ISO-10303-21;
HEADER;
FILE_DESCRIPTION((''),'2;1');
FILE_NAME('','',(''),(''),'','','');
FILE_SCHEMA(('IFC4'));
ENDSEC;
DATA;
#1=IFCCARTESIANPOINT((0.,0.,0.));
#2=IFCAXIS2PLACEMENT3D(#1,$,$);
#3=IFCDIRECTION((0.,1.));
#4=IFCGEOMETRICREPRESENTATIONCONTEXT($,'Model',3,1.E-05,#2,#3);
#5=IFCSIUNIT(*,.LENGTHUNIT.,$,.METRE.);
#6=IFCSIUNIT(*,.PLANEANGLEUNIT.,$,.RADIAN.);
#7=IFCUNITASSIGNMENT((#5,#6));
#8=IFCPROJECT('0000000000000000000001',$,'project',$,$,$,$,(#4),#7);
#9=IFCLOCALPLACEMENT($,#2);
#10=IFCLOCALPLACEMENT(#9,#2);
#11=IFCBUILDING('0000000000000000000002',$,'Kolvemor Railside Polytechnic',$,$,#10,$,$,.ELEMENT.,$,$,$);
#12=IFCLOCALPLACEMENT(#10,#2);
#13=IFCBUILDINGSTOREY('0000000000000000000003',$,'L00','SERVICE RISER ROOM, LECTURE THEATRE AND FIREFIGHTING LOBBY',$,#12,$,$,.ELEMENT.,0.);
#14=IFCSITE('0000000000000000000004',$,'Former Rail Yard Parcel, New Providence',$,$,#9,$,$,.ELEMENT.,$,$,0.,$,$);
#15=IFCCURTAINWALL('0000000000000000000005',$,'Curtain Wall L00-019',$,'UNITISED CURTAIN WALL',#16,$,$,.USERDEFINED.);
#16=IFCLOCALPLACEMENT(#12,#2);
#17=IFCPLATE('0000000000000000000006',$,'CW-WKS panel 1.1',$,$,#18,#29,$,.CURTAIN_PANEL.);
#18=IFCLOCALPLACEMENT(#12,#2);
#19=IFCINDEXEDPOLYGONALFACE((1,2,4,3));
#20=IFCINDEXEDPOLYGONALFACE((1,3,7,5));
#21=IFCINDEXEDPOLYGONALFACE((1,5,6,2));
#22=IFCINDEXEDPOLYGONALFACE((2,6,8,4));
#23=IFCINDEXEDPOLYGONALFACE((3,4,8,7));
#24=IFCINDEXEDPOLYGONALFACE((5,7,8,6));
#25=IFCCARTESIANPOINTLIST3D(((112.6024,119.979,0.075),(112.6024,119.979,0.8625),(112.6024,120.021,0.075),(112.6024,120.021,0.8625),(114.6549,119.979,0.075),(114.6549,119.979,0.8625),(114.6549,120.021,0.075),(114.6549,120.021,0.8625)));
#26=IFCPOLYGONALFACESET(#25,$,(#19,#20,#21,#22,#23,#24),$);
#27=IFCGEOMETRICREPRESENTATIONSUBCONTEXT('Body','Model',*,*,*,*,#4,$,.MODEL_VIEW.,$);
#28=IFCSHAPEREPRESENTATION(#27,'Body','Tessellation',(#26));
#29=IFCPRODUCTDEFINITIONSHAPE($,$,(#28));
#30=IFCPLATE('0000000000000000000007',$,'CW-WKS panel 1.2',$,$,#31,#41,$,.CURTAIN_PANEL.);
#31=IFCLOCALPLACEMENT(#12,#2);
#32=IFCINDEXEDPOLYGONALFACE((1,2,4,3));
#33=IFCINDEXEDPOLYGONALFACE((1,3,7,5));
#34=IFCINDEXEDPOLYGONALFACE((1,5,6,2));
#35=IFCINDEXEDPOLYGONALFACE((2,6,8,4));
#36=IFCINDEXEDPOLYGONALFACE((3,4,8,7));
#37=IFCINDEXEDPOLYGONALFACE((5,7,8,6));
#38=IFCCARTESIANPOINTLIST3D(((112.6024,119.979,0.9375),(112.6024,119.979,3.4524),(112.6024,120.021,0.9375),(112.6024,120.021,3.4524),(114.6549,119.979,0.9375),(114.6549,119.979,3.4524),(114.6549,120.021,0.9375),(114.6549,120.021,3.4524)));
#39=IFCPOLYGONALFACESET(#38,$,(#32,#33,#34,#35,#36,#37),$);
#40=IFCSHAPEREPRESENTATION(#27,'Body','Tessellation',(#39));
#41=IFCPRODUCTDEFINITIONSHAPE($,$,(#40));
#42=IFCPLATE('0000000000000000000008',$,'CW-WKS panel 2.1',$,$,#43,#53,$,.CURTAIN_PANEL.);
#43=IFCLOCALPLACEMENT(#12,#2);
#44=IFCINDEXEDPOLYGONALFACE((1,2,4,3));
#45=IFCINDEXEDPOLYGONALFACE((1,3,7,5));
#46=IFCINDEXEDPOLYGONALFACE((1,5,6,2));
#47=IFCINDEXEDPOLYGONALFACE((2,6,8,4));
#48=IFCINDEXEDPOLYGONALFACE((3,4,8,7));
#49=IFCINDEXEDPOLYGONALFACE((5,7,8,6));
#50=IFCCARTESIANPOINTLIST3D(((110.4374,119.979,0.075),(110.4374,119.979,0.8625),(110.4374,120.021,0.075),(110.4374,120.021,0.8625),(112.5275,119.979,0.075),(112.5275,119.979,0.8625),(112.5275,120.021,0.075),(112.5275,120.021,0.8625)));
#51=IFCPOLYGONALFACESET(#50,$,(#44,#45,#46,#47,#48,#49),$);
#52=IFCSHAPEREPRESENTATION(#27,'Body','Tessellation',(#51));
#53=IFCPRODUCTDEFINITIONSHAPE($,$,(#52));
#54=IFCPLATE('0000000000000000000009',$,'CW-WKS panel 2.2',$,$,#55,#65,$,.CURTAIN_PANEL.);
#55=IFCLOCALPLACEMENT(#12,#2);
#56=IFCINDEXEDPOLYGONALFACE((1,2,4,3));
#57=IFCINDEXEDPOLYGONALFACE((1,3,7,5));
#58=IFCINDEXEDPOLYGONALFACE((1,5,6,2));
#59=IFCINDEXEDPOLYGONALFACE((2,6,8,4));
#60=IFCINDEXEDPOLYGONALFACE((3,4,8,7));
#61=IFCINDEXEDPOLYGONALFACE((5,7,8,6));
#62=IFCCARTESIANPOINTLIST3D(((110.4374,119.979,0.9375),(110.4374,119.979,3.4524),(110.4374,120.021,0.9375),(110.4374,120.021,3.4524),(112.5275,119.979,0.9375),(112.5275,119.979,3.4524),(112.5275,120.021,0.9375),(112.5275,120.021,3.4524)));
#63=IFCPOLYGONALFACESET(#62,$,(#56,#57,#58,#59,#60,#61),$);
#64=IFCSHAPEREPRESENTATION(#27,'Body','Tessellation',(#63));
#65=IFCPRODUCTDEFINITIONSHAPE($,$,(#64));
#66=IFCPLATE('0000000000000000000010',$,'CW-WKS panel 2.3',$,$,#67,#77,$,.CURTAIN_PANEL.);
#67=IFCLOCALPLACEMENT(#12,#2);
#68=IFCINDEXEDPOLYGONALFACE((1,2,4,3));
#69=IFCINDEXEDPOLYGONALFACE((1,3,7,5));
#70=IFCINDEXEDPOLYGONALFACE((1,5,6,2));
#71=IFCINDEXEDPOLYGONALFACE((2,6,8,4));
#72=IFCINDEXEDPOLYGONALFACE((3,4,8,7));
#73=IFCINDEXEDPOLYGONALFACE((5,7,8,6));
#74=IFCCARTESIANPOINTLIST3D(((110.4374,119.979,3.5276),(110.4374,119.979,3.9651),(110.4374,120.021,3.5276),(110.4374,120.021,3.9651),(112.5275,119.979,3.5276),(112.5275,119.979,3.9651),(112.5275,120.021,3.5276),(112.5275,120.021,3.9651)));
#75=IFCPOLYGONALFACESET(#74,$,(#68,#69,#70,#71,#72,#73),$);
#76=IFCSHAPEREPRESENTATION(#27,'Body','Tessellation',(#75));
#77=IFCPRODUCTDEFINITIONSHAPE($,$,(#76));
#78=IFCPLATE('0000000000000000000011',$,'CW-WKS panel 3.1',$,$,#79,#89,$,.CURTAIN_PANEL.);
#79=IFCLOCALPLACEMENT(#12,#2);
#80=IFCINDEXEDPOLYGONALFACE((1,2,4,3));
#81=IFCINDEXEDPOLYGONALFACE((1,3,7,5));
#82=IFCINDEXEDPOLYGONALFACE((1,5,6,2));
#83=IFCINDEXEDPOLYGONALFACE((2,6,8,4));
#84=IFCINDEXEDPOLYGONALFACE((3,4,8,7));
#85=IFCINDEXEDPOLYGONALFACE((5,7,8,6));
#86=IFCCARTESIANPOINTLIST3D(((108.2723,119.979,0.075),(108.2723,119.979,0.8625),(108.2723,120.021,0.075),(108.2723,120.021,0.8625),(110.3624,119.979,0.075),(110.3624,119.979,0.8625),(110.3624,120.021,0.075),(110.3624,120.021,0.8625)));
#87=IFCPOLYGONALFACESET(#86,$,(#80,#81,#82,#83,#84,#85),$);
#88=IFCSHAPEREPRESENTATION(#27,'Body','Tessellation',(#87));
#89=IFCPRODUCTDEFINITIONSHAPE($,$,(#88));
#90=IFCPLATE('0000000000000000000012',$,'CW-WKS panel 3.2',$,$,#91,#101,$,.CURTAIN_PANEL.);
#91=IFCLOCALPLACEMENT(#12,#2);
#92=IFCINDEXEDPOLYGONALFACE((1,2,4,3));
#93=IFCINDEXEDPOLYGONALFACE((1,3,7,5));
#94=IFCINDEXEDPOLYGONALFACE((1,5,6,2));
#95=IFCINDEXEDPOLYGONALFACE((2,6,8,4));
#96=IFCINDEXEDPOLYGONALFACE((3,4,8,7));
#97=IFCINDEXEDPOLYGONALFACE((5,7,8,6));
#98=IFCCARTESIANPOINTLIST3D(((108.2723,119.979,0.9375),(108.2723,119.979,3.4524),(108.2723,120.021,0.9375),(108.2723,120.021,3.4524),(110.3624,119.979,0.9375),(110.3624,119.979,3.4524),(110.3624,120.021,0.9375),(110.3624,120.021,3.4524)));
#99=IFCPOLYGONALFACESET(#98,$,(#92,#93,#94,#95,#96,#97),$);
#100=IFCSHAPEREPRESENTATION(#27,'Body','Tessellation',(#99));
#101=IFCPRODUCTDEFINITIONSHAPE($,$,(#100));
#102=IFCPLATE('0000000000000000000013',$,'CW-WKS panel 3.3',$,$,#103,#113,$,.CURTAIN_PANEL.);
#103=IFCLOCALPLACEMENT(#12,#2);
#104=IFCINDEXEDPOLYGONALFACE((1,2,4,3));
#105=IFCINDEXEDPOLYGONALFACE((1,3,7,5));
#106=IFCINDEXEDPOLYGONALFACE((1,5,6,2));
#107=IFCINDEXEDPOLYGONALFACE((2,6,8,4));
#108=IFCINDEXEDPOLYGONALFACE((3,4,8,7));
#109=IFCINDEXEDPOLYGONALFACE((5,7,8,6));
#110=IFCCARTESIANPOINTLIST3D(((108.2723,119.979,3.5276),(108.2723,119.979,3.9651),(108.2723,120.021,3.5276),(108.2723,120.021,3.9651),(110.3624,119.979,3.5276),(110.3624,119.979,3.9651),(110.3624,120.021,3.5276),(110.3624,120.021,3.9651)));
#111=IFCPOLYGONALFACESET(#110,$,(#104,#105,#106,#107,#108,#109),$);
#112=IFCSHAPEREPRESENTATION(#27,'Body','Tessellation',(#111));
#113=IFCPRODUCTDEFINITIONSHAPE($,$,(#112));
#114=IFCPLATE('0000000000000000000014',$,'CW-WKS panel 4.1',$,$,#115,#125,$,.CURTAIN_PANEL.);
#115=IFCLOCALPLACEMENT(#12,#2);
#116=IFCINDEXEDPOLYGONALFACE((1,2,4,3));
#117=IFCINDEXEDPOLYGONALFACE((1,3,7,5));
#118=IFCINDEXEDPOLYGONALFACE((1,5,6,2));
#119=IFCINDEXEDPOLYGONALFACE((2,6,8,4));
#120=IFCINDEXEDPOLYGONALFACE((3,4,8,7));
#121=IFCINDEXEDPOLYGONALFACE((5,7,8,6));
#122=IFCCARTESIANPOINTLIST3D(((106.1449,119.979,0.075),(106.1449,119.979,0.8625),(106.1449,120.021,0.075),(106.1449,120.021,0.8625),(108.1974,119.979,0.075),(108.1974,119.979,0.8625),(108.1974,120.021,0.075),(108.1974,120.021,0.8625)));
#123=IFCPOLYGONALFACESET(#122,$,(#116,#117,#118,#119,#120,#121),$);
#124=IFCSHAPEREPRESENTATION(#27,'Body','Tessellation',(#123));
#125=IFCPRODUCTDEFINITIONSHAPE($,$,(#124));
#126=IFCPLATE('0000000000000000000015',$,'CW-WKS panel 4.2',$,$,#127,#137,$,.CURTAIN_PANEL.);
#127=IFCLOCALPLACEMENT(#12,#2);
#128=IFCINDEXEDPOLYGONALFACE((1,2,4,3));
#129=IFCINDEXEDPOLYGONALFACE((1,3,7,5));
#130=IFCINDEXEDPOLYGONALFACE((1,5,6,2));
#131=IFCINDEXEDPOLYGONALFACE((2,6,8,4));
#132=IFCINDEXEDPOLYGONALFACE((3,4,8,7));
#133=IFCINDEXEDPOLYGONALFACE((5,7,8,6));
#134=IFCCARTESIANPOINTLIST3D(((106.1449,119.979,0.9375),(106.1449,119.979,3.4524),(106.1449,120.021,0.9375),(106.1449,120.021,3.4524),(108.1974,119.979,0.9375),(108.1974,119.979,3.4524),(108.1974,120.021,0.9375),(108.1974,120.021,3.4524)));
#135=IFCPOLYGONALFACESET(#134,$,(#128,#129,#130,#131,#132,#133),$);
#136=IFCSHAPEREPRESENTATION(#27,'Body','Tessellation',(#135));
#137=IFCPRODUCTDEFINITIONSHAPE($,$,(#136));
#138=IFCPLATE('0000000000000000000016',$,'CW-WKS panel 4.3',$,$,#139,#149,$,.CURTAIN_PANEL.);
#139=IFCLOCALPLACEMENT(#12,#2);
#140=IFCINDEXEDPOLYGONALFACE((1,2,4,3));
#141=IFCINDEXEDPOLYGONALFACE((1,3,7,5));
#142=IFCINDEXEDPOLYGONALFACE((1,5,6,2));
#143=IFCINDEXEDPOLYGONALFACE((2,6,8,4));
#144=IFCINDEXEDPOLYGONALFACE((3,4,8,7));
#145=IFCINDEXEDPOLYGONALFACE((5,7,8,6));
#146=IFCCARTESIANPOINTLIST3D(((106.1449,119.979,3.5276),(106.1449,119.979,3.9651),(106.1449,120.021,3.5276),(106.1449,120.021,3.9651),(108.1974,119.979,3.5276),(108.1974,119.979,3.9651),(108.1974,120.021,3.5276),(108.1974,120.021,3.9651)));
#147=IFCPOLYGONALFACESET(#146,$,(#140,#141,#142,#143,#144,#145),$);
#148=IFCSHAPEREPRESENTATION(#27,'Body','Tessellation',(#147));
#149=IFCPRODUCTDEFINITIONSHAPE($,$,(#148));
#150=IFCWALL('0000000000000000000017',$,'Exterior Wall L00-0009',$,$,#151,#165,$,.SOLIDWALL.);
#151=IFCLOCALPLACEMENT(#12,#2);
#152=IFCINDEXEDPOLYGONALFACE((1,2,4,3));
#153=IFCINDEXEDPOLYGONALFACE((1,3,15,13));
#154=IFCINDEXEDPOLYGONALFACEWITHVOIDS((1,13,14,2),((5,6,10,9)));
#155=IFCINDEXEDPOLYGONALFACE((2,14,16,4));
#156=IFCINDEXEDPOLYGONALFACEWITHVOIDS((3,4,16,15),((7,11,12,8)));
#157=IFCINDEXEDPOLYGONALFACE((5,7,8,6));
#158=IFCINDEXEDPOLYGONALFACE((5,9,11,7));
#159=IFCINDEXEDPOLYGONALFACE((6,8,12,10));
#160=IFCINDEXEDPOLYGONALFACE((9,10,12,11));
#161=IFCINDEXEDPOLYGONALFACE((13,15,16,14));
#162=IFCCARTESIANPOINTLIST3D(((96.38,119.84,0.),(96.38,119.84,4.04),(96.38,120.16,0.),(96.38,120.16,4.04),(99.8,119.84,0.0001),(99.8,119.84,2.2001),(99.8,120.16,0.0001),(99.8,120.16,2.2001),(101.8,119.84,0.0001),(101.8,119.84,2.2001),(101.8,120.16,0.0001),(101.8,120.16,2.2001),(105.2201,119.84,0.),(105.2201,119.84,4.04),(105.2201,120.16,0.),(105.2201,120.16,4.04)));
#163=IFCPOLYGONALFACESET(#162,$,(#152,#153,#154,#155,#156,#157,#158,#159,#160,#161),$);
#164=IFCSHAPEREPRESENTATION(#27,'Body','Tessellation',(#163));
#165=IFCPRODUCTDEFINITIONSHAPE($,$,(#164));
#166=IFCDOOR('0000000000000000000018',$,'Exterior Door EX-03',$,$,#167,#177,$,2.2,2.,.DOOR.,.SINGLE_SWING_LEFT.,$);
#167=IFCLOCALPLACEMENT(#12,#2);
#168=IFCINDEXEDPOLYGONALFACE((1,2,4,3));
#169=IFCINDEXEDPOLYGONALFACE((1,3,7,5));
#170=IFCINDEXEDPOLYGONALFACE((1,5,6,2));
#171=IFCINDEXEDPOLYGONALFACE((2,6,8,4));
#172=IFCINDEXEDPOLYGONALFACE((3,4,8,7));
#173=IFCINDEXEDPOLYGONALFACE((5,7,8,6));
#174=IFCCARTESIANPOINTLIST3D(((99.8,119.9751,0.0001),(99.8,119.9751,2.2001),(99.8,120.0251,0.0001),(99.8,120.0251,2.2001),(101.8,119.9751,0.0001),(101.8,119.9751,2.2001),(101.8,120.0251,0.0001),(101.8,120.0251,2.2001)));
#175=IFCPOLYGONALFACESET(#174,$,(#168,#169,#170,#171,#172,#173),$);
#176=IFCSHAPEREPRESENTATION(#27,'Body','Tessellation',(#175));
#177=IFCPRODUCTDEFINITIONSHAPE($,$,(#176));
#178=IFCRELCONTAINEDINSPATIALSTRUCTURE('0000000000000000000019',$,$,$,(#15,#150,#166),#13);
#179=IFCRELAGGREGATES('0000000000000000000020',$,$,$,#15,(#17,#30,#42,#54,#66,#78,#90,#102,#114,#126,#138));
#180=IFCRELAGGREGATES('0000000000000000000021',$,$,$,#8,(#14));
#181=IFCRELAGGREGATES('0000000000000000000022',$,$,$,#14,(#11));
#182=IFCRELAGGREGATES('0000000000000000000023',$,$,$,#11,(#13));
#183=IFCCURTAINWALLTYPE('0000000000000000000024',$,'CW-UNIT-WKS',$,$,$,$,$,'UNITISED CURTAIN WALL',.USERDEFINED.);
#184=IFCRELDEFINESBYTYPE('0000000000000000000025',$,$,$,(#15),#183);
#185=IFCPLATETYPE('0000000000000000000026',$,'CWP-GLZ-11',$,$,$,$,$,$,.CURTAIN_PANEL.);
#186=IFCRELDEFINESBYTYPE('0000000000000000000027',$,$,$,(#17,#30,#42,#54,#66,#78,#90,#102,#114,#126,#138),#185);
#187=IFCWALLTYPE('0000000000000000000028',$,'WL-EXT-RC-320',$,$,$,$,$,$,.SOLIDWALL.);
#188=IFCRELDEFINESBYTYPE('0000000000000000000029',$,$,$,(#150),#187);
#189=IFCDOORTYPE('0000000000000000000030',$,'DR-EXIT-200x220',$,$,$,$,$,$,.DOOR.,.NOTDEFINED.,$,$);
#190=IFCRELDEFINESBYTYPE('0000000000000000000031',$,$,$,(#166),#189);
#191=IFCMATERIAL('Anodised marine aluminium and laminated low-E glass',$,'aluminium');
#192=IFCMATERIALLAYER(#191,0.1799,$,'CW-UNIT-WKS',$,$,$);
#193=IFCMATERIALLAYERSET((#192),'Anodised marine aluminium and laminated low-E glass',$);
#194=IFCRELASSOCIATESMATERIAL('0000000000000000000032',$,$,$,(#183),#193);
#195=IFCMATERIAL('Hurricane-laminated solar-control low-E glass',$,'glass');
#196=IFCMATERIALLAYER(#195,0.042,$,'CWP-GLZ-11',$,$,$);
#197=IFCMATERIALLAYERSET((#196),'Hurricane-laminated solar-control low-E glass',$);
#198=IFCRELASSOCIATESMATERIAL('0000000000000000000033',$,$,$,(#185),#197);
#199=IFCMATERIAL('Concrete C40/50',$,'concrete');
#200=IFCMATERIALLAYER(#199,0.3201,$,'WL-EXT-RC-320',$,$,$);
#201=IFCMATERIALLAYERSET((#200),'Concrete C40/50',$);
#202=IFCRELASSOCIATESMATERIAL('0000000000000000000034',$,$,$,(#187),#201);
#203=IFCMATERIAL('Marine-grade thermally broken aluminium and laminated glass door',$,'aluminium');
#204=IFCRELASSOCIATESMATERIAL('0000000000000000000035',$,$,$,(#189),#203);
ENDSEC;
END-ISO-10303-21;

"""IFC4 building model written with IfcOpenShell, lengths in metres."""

from ifc_helpers import new_model, si_unit, direction, frame, frame_2d, origin, origin_2d, place, context, subcontext, project, spatial, rectangle, extrude, material, layer, layer_set, type_object, element, fill, aggregate, save


model = new_model("IFC4")

# Units and contexts
model_context = context("Model", 3, precision=1e-05, world=origin(), true_north=direction((0.0, 1.0)))
body_context = subcontext(model_context, "Body", "Model", "MODEL_VIEW")
ifc_project = project(units=[si_unit("LENGTHUNIT", "METRE"), si_unit("PLANEANGLEUNIT", "RADIAN")], contexts=[model_context])

# Site, building, storey
site_placement = place(None, origin())
site = spatial("IfcSite", under=ifc_project, at=site_placement, Name="Former Rail Yard Parcel, New Providence", CompositionType="ELEMENT", RefElevation=0.0)
building_placement = place(site_placement, origin())
building = spatial("IfcBuilding", under=site, at=building_placement, Name="Kolvemor Railside Polytechnic", CompositionType="ELEMENT")
storey_placement = place(building_placement, origin())
storey = spatial("IfcBuildingStorey", under=building, at=storey_placement, Name="L00", Description="SERVICE RISER ROOM, LECTURE THEATRE AND FIREFIGHTING LOBBY", CompositionType="ELEMENT", Elevation=0.0)

# Curtain wall, plates
ifc_material_1 = material(Name="Anodised marine aluminium and laminated low-E glass", Category="aluminium")
ifc_layer_1 = layer(ifc_material_1, 0.1799, Name="CW-UNIT-WKS")
ifc_layer_set_1 = layer_set([ifc_layer_1], Name="Anodised marine aluminium and laminated low-E glass")
curtain_wall_type = type_object("IfcCurtainWallType", Name="CW-UNIT-WKS", ElementType="UNITISED CURTAIN WALL", PredefinedType="USERDEFINED", material=ifc_layer_set_1)
curtain_wall_placement = place(storey_placement, origin())
curtain_wall = element("IfcCurtainWall", 1, at=curtain_wall_placement, inside=storey, type_object=curtain_wall_type, Name="Curtain Wall L00-019", ObjectType="UNITISED CURTAIN WALL", PredefinedType="USERDEFINED")
ifc_material_2 = material(Name="Hurricane-laminated solar-control low-E glass", Category="glass")
ifc_layer_2 = layer(ifc_material_2, 0.042, Name="CWP-GLZ-11")
ifc_layer_set_2 = layer_set([ifc_layer_2], Name="Hurricane-laminated solar-control low-E glass")
plate_type = type_object("IfcPlateType", Name="CWP-GLZ-11", PredefinedType="CURTAIN_PANEL", material=ifc_layer_set_2)
plate_1_placement = place(storey_placement, frame((113.6287, 120.0, 0.075), z_axis=(0.0, 0.0, 1.0), x_axis=(-1.0, 0.0, 0.0)))
plate_1 = element("IfcPlate", 2, at=plate_1_placement, type_object=plate_type, Name="CW-WKS panel 1.1", PredefinedType="CURTAIN_PANEL", context=body_context, shape_type="SweptSolid", body=[
    extrude(rectangle(XDim=2.0525, YDim=0.042, at=origin_2d()), origin(), (0.0, 0.0, 1.0), 0.7876),
])
plate_2_placement = place(storey_placement, frame((113.6287, 120.0, 0.9375), z_axis=(0.0, 0.0, 1.0), x_axis=(-1.0, 0.0, 0.0)))
plate_2 = element("IfcPlate", 3, at=plate_2_placement, type_object=plate_type, Name="CW-WKS panel 1.2", PredefinedType="CURTAIN_PANEL", context=body_context, shape_type="SweptSolid", body=[
    extrude(rectangle(XDim=2.0525, YDim=0.042, at=origin_2d()), origin(), (0.0, 0.0, 1.0), 2.5149),
])
plate_3_placement = place(storey_placement, frame((111.4824, 120.0, 0.075), z_axis=(0.0, 0.0, 1.0), x_axis=(-1.0, 0.0, 0.0)))
plate_3 = element("IfcPlate", 4, at=plate_3_placement, type_object=plate_type, Name="CW-WKS panel 2.1", PredefinedType="CURTAIN_PANEL", context=body_context, shape_type="SweptSolid", body=[
    extrude(rectangle(XDim=2.0901, YDim=0.042, at=origin_2d()), origin(), (0.0, 0.0, 1.0), 0.7876),
])
plate_4_placement = place(storey_placement, frame((111.4824, 120.0, 0.9375), z_axis=(0.0, 0.0, 1.0), x_axis=(-1.0, 0.0, 0.0)))
plate_4 = element("IfcPlate", 5, at=plate_4_placement, type_object=plate_type, Name="CW-WKS panel 2.2", PredefinedType="CURTAIN_PANEL", context=body_context, shape_type="SweptSolid", body=[
    extrude(rectangle(XDim=2.0901, YDim=0.042, at=origin_2d()), origin(), (0.0, 0.0, 1.0), 2.5149),
])
plate_5_placement = place(storey_placement, frame((111.4824, 120.0, 3.5276), z_axis=(0.0, 0.0, 1.0), x_axis=(-1.0, 0.0, 0.0)))
plate_5 = element("IfcPlate", 6, at=plate_5_placement, type_object=plate_type, Name="CW-WKS panel 2.3", PredefinedType="CURTAIN_PANEL", context=body_context, shape_type="SweptSolid", body=[
    extrude(rectangle(XDim=2.0901, YDim=0.042, at=origin_2d()), origin(), (0.0, 0.0, 1.0), 0.4375),
])
plate_6_placement = place(storey_placement, frame((109.3174, 120.0, 0.075), z_axis=(0.0, 0.0, 1.0), x_axis=(-1.0, 0.0, 0.0)))
plate_6 = element("IfcPlate", 7, at=plate_6_placement, type_object=plate_type, Name="CW-WKS panel 3.1", PredefinedType="CURTAIN_PANEL", context=body_context, shape_type="SweptSolid", body=[
    extrude(rectangle(XDim=2.0901, YDim=0.042, at=origin_2d()), origin(), (0.0, 0.0, 1.0), 0.7876),
])
plate_7_placement = place(storey_placement, frame((109.3174, 120.0, 0.9375), z_axis=(0.0, 0.0, 1.0), x_axis=(-1.0, 0.0, 0.0)))
plate_7 = element("IfcPlate", 8, at=plate_7_placement, type_object=plate_type, Name="CW-WKS panel 3.2", PredefinedType="CURTAIN_PANEL", context=body_context, shape_type="SweptSolid", body=[
    extrude(rectangle(XDim=2.0901, YDim=0.042, at=origin_2d()), origin(), (0.0, 0.0, 1.0), 2.5149),
])
plate_8_placement = place(storey_placement, frame((109.3174, 120.0, 3.5276), z_axis=(0.0, 0.0, 1.0), x_axis=(-1.0, 0.0, 0.0)))
plate_8 = element("IfcPlate", 9, at=plate_8_placement, type_object=plate_type, Name="CW-WKS panel 3.3", PredefinedType="CURTAIN_PANEL", context=body_context, shape_type="SweptSolid", body=[
    extrude(rectangle(XDim=2.0901, YDim=0.042, at=origin_2d()), origin(), (0.0, 0.0, 1.0), 0.4375),
])
plate_9_placement = place(storey_placement, frame((107.1711, 120.0, 0.075), z_axis=(0.0, 0.0, 1.0), x_axis=(-1.0, 0.0, 0.0)))
plate_9 = element("IfcPlate", 10, at=plate_9_placement, type_object=plate_type, Name="CW-WKS panel 4.1", PredefinedType="CURTAIN_PANEL", context=body_context, shape_type="SweptSolid", body=[
    extrude(rectangle(XDim=2.0525, YDim=0.042, at=origin_2d()), origin(), (0.0, 0.0, 1.0), 0.7876),
])
plate_10_placement = place(storey_placement, frame((107.1711, 120.0, 0.9375), z_axis=(0.0, 0.0, 1.0), x_axis=(-1.0, 0.0, 0.0)))
plate_10 = element("IfcPlate", 11, at=plate_10_placement, type_object=plate_type, Name="CW-WKS panel 4.2", PredefinedType="CURTAIN_PANEL", context=body_context, shape_type="SweptSolid", body=[
    extrude(rectangle(XDim=2.0525, YDim=0.042, at=origin_2d()), origin(), (0.0, 0.0, 1.0), 2.5149),
])
plate_11_placement = place(storey_placement, frame((107.1711, 120.0, 3.5276), z_axis=(0.0, 0.0, 1.0), x_axis=(-1.0, 0.0, 0.0)))
plate_11 = element("IfcPlate", 12, at=plate_11_placement, type_object=plate_type, Name="CW-WKS panel 4.3", PredefinedType="CURTAIN_PANEL", context=body_context, shape_type="SweptSolid", body=[
    extrude(rectangle(XDim=2.0525, YDim=0.042, at=origin_2d()), origin(), (0.0, 0.0, 1.0), 0.4375),
])
aggregate(curtain_wall, [plate_1, plate_2, plate_3, plate_4, plate_5, plate_6, plate_7, plate_8, plate_9, plate_10, plate_11])

# Wall, opening, door
ifc_material_3 = material(Name="Concrete C40/50", Category="concrete")
ifc_layer_3 = layer(ifc_material_3, 0.3201, Name="WL-EXT-RC-320")
ifc_layer_set_3 = layer_set([ifc_layer_3], Name="Concrete C40/50")
wall_type = type_object("IfcWallType", Name="WL-EXT-RC-320", PredefinedType="SOLIDWALL", material=ifc_layer_set_3)
wall_placement = place(storey_placement, frame((105.22, 120.0, 0.0), z_axis=(0.0, 0.0, 1.0), x_axis=(-1.0, 0.0, 0.0)))
wall = element("IfcWall", 13, at=wall_placement, inside=storey, type_object=wall_type, Name="Exterior Wall L00-0009", PredefinedType="SOLIDWALL", context=body_context, shape_type="SweptSolid", body=[
    extrude(rectangle(XDim=8.8401, YDim=0.3201, at=frame_2d((4.4199, 0.0))), origin(), (0.0, 0.0, 1.0), 4.04),
])
opening_placement = place(wall_placement, frame((3.4199, 0.0, 0.0)))
opening = element("IfcOpeningElement", 14, at=opening_placement, cuts=wall, PredefinedType="OPENING", context=body_context, shape_type="SweptSolid", body=[
    extrude(rectangle(XDim=2.0, YDim=2.2, at=frame_2d((1.0, 1.1001))), frame((0.0, 0.1699, 0.0), z_axis=(0.0, -1.0, 0.0), x_axis=(1.0, 0.0, 0.0)), (0.0, 0.0, 1.0), 0.3401),
])
ifc_material_4 = material(Name="Marine-grade thermally broken aluminium and laminated glass door", Category="aluminium")
door_type = type_object("IfcDoorType", Name="DR-EXIT-200x220", OperationType="NOTDEFINED", PredefinedType="DOOR", material=ifc_material_4)
door_placement = place(opening_placement, origin())
door = element("IfcDoor", 15, at=door_placement, inside=storey, type_object=door_type, Name="Exterior Door EX-03", OperationType="SINGLE_SWING_LEFT", OverallHeight=2.2, OverallWidth=2.0, PredefinedType="DOOR", context=body_context, shape_type="SweptSolid", body=[
    extrude(rectangle(XDim=2.0, YDim=2.2, at=frame_2d((1.0, 1.1001))), frame((0.0, 0.0249, 0.0), z_axis=(0.0, -1.0, 0.0), x_axis=(1.0, 0.0, 0.0)), (0.0, 0.0, 1.0), 0.05),
])
fill(opening, door)

save(model, "model.ifc")
